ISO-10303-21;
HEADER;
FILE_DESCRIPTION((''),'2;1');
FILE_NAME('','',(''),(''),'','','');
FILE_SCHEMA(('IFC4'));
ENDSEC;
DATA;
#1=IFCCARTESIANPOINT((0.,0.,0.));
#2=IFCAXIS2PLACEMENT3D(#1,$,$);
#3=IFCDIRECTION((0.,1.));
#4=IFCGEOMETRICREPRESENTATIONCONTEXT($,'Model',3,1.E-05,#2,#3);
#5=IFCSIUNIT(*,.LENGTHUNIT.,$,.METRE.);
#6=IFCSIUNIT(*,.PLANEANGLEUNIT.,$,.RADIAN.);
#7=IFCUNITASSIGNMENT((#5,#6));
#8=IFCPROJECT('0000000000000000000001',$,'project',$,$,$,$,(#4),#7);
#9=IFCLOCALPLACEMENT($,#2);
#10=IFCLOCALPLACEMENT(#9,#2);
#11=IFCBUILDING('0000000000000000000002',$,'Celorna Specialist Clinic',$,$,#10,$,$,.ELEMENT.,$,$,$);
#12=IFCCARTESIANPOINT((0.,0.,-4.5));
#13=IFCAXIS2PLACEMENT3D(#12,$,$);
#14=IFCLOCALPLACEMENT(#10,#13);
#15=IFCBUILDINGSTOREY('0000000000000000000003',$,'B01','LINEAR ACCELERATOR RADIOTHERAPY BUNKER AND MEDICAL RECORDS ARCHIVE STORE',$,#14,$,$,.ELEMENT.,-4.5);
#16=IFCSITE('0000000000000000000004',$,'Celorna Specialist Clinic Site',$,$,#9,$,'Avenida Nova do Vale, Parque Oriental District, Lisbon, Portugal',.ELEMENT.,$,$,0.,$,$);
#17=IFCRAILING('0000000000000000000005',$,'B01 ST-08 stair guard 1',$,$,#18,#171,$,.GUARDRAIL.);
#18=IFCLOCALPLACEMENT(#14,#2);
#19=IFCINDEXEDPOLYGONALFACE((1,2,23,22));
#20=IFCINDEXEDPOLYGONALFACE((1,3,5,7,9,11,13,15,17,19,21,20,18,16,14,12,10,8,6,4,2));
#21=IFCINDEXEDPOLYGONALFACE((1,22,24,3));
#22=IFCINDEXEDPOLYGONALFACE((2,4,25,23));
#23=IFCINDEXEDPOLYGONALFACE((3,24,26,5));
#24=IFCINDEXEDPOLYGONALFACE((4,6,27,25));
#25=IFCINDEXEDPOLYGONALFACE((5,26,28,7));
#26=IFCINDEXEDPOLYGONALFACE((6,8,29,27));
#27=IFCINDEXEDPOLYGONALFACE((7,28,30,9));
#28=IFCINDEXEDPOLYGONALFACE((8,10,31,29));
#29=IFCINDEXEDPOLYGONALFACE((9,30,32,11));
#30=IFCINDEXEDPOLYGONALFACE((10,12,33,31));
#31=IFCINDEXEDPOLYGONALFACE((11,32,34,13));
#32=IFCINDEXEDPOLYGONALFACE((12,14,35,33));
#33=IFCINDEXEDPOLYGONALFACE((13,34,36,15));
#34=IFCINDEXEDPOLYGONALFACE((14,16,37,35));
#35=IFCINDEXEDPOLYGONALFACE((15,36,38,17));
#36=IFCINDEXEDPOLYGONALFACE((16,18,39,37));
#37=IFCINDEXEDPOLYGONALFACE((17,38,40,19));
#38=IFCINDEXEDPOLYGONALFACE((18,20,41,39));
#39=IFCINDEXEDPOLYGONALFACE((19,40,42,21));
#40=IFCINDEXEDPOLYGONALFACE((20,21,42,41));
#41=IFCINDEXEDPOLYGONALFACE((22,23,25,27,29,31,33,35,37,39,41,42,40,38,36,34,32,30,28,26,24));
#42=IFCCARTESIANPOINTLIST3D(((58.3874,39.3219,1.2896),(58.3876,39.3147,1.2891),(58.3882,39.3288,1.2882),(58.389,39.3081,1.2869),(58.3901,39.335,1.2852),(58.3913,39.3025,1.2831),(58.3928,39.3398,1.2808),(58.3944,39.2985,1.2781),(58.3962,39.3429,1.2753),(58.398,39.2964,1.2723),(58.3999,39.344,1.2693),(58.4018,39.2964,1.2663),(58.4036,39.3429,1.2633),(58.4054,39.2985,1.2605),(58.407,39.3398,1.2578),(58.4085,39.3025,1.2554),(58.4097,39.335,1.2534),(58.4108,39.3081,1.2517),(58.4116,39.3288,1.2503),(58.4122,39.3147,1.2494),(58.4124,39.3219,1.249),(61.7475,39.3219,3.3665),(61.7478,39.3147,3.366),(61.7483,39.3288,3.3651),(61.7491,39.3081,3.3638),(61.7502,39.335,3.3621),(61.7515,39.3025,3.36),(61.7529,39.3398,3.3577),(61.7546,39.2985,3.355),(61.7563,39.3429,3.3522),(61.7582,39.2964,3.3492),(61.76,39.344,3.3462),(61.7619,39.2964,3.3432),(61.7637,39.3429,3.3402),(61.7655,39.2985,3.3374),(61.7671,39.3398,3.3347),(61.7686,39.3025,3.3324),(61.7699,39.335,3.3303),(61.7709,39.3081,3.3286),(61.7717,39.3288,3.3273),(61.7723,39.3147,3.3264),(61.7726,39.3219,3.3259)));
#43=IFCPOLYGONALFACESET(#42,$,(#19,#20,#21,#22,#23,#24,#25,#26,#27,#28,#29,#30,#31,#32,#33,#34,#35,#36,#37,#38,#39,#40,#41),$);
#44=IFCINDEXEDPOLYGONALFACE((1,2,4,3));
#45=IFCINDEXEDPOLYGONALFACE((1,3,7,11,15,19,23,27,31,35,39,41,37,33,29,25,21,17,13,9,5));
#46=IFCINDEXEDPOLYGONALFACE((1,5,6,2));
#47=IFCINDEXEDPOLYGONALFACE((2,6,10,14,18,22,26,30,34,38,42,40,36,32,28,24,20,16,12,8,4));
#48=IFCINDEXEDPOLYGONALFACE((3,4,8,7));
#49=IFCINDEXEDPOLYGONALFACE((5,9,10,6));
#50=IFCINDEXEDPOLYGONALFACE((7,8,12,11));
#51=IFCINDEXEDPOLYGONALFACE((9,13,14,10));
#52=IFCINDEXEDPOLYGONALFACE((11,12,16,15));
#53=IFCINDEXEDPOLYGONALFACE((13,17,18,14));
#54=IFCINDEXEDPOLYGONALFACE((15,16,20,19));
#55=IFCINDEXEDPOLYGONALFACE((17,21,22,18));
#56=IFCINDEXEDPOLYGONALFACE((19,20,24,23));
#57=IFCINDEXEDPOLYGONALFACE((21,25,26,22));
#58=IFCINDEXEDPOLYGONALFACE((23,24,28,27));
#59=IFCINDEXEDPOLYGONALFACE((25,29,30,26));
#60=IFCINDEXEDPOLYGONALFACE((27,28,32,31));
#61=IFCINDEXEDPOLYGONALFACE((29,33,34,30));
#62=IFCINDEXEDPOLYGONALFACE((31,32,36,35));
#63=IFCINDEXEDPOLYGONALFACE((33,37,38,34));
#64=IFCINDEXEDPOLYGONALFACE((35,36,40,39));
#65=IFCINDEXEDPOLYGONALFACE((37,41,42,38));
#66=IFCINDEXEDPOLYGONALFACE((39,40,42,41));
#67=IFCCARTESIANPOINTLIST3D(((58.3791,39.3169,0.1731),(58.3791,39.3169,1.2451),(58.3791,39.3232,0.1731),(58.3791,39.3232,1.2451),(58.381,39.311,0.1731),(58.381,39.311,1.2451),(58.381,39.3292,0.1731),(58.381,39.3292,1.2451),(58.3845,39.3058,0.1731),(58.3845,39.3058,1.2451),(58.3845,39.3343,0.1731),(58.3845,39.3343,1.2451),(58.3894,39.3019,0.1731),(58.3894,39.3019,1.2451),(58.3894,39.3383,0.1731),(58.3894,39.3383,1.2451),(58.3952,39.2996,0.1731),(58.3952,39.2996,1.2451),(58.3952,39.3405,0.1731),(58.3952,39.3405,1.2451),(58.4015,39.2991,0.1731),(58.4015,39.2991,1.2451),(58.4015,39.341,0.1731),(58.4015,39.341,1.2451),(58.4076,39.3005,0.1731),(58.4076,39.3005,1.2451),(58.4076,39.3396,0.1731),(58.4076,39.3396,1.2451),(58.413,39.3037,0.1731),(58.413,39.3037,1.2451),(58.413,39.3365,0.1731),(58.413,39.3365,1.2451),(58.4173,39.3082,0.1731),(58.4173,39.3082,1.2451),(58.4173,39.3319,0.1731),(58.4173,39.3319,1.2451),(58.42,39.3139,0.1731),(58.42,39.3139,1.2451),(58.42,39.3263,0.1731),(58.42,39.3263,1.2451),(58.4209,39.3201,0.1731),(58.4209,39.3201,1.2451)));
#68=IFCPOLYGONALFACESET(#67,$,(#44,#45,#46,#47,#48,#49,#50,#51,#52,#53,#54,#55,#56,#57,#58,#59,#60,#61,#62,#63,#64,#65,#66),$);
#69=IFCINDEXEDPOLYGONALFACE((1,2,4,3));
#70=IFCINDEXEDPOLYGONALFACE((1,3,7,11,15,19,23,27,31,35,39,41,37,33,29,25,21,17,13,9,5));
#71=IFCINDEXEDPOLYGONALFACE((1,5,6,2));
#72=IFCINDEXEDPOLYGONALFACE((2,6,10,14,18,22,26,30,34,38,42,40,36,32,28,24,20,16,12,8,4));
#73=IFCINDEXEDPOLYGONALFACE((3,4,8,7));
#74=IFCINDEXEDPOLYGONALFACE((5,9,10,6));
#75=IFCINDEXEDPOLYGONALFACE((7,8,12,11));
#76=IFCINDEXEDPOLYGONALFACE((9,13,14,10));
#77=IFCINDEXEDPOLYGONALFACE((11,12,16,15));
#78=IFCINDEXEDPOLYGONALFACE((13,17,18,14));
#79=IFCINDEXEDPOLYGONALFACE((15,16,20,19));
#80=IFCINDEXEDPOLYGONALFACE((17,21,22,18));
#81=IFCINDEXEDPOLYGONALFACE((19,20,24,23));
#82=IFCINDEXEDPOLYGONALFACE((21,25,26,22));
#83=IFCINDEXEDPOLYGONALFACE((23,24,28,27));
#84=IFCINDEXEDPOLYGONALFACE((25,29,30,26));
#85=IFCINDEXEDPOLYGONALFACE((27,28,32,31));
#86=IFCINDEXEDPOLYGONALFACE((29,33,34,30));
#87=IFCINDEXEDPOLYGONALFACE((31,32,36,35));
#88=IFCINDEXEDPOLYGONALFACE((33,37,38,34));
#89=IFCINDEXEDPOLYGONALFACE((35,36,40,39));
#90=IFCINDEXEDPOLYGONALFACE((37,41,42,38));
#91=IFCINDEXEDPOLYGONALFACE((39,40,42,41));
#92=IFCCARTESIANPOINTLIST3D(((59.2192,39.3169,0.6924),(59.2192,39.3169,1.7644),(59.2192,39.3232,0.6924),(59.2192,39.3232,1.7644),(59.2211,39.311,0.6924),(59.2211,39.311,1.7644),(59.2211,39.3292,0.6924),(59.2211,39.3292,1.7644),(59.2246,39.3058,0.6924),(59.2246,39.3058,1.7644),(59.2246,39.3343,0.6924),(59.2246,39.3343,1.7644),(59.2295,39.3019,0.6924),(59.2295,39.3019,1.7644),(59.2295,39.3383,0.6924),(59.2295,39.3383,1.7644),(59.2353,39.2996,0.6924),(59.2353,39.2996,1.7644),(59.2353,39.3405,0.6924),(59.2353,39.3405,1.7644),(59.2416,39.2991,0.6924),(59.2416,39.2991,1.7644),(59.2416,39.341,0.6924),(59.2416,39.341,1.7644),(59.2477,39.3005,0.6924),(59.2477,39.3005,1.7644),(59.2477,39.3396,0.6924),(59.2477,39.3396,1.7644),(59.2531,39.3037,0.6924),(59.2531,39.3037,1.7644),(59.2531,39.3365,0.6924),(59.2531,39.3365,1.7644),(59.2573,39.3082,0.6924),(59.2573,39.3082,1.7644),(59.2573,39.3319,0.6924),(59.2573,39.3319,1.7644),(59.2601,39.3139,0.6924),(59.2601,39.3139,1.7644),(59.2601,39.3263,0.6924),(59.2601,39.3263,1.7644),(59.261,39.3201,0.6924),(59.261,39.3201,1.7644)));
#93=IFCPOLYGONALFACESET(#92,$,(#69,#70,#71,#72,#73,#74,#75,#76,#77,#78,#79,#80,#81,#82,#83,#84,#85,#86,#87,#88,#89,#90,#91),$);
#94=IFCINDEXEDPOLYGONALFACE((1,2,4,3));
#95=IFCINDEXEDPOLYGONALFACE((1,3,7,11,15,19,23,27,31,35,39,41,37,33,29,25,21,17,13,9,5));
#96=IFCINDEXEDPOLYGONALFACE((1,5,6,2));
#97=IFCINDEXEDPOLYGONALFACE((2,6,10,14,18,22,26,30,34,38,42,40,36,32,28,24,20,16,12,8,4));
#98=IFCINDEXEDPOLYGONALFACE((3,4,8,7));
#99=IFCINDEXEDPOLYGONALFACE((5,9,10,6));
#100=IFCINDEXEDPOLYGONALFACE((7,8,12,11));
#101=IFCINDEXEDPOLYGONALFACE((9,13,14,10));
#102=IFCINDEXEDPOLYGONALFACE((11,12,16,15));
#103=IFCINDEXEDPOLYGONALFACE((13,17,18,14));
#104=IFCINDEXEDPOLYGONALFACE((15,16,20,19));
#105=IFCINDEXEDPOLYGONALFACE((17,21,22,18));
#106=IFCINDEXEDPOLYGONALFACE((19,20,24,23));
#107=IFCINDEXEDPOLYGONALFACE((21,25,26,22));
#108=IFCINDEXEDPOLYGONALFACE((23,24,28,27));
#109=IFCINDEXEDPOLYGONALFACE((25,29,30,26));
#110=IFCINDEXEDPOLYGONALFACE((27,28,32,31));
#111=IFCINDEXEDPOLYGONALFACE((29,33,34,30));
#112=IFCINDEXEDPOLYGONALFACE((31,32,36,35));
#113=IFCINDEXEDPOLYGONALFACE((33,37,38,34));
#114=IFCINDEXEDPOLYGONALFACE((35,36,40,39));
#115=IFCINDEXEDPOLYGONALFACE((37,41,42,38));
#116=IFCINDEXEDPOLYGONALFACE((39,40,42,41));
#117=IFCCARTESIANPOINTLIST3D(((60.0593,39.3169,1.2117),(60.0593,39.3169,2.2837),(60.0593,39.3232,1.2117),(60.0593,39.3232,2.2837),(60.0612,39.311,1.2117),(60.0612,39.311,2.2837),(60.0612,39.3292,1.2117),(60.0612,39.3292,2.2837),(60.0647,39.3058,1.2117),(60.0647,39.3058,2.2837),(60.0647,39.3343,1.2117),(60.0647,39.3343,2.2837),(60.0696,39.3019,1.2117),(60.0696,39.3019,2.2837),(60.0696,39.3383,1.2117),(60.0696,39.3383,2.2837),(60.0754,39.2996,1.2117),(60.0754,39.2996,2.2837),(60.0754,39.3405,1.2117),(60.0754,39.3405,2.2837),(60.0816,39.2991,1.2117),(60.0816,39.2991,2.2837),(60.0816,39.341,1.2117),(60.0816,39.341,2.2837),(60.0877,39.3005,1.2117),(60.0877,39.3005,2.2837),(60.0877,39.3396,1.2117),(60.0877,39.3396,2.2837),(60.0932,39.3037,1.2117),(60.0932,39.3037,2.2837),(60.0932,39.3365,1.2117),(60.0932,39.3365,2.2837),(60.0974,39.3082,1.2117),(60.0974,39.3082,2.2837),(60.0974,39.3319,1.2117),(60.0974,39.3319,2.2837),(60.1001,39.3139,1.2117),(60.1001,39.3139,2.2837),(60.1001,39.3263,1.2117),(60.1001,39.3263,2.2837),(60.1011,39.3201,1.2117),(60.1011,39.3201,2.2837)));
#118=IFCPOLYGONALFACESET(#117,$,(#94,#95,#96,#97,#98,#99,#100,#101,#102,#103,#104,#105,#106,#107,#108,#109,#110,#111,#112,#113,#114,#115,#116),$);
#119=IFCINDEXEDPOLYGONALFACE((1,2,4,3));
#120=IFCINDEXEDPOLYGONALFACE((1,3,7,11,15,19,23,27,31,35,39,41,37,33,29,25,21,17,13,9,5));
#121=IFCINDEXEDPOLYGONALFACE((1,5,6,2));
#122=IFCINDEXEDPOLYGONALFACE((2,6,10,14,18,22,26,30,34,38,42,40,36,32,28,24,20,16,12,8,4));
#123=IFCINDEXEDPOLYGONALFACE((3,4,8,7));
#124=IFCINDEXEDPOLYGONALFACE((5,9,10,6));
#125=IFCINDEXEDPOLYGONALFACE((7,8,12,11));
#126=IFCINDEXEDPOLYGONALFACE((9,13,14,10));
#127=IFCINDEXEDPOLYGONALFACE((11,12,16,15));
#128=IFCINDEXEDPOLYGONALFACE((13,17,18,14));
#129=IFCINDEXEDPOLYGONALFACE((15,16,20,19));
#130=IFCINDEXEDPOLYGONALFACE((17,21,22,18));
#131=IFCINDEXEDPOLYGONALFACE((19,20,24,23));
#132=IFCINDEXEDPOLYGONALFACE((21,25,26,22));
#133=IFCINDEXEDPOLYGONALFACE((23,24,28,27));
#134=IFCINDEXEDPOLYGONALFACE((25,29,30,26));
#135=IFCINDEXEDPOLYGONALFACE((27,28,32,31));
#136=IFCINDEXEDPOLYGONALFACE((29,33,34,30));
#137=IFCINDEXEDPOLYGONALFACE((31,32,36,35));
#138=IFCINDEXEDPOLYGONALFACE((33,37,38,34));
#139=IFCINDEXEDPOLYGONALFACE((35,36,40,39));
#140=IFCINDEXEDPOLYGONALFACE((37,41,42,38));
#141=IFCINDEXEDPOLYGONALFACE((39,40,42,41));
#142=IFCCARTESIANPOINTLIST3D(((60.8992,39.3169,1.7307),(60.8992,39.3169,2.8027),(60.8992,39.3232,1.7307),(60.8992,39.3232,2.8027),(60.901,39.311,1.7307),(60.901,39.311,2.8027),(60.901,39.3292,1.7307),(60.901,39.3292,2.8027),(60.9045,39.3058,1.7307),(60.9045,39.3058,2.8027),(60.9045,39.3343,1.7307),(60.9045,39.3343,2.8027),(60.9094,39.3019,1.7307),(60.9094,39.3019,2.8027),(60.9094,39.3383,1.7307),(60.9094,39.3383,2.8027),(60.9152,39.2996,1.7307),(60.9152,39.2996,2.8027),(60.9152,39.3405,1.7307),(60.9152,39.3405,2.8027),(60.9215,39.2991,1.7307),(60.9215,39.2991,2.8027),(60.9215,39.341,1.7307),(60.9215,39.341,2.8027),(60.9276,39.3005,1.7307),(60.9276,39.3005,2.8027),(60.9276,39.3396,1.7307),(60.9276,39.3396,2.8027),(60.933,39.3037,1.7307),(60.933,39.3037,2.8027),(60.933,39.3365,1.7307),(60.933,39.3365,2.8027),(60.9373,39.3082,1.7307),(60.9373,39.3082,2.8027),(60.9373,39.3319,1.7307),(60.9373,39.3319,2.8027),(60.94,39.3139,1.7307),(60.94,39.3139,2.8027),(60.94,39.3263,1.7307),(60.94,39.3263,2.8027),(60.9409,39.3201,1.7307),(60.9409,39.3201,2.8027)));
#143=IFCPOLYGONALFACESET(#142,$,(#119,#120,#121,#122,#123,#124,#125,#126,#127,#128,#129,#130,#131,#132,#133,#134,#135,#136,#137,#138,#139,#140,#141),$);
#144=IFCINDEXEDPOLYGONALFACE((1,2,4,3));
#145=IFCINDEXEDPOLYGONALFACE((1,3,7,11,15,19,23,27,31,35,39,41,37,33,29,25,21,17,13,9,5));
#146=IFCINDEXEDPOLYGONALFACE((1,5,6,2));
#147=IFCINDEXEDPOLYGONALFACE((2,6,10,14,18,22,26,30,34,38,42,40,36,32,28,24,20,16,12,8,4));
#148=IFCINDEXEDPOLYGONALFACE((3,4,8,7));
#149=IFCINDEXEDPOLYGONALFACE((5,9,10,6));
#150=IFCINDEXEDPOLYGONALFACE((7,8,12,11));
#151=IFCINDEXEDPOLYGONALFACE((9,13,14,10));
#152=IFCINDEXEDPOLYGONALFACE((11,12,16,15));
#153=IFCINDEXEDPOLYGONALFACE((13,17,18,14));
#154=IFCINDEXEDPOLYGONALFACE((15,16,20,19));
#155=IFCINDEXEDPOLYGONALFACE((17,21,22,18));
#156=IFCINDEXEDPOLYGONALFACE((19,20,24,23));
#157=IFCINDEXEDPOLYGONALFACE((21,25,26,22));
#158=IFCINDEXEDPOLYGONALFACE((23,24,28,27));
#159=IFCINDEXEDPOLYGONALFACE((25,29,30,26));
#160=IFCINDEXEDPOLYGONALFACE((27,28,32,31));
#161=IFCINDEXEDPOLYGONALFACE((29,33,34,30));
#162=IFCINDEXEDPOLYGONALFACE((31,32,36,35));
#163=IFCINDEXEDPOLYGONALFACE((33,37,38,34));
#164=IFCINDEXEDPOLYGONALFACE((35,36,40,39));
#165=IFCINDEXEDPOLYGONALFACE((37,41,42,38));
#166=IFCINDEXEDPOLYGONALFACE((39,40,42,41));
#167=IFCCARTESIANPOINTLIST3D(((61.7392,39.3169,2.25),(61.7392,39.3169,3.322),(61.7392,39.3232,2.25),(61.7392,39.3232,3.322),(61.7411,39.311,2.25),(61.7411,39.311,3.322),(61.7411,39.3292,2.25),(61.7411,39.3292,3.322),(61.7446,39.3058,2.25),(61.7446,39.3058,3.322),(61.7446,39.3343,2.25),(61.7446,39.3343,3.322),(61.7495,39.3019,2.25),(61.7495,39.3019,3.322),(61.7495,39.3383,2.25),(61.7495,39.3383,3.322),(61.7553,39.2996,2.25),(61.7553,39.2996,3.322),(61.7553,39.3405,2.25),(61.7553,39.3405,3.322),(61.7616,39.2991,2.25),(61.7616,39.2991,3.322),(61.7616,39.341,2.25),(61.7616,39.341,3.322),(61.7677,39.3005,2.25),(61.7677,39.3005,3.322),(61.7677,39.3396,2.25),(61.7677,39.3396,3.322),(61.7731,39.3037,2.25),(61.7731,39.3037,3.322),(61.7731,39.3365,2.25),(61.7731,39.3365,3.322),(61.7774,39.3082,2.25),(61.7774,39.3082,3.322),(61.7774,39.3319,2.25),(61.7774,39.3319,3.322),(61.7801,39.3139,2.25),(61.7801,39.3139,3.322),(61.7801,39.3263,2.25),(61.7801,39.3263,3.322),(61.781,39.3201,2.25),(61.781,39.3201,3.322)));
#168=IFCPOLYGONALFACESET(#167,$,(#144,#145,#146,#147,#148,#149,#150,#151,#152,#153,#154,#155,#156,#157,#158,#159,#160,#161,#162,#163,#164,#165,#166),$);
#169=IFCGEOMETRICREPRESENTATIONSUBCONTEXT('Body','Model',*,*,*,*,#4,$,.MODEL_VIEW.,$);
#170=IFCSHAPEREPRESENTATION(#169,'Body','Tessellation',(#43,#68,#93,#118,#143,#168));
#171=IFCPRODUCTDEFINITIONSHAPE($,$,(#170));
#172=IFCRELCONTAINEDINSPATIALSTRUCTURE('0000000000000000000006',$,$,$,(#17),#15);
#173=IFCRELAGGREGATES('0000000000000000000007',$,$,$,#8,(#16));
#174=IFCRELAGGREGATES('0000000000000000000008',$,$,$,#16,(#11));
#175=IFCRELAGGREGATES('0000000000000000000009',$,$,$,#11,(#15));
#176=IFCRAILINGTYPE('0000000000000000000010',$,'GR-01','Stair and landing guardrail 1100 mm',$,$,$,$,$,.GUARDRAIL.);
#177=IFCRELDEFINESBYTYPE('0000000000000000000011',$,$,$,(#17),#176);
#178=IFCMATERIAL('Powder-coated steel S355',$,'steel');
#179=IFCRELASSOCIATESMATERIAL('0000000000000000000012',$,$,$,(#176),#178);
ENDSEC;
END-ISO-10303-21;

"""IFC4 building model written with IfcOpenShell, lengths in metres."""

from ifc_helpers import new_model, si_unit, direction, frame, origin, origin_2d, place, context, subcontext, project, spatial, circle, extrude, material, type_object, element, save


model = new_model("IFC4")

# Units and contexts
model_context = context("Model", 3, precision=1e-05, world=origin(), true_north=direction((0.0, 1.0)))
body_context = subcontext(model_context, "Body", "Model", "MODEL_VIEW")
ifc_project = project(units=[si_unit("LENGTHUNIT", "METRE"), si_unit("PLANEANGLEUNIT", "RADIAN")], contexts=[model_context])

# Site, building, storey
site_placement = place(None, origin())
site = spatial("IfcSite", under=ifc_project, at=site_placement, Name="Celorna Specialist Clinic Site", LongName="Avenida Nova do Vale, Parque Oriental District, Lisbon, Portugal", CompositionType="ELEMENT", RefElevation=0.0)
building_placement = place(site_placement, origin())
building = spatial("IfcBuilding", under=site, at=building_placement, Name="Celorna Specialist Clinic", CompositionType="ELEMENT")
storey_placement = place(building_placement, frame((0.0, 0.0, -4.5)))
storey = spatial("IfcBuildingStorey", under=building, at=storey_placement, Name="B01", Description="LINEAR ACCELERATOR RADIOTHERAPY BUNKER AND MEDICAL RECORDS ARCHIVE STORE", CompositionType="ELEMENT", Elevation=-4.5)

# Railing
ifc_material_1 = material(Name="Powder-coated steel S355", Category="steel")
railing_type_1 = type_object("IfcRailingType", Name="GR-01", Description="Stair and landing guardrail 1100 mm", PredefinedType="GUARDRAIL", material=ifc_material_1)
railing_1_placement = place(storey_placement, frame((58.3999, 39.3201, 0.1731)))
element("IfcRailing", 1, at=railing_1_placement, inside=storey, type_object=railing_type_1, Name="B01 ST-08 stair guard 1", PredefinedType="GUARDRAIL", context=body_context, shape_type="SweptSolid", body=[
    extrude(circle(Radius=0.0239, at=origin_2d()), frame((0.0, 0.0, 1.0962), z_axis=(0.850623, 0.0, 0.525776), x_axis=(0.0, 1.0, 0.0)), (0.0, 0.0, 1.0), 3.9502),
    extrude(circle(Radius=0.021, at=origin_2d()), origin(), (0.0, 0.0, 1.0), 1.072),
    extrude(circle(Radius=0.021, at=origin_2d()), frame((0.8401, 0.0, 0.5193)), (0.0, 0.0, 1.0), 1.072),
    extrude(circle(Radius=0.021, at=origin_2d()), frame((1.6802, 0.0, 1.0386)), (0.0, 0.0, 1.0), 1.072),
    extrude(circle(Radius=0.021, at=origin_2d()), frame((2.52, 0.0, 1.5576)), (0.0, 0.0, 1.0), 1.072),
    extrude(circle(Radius=0.021, at=origin_2d()), frame((3.3601, 0.0, 2.0769)), (0.0, 0.0, 1.0), 1.072),
])

save(model, "model.ifc")
